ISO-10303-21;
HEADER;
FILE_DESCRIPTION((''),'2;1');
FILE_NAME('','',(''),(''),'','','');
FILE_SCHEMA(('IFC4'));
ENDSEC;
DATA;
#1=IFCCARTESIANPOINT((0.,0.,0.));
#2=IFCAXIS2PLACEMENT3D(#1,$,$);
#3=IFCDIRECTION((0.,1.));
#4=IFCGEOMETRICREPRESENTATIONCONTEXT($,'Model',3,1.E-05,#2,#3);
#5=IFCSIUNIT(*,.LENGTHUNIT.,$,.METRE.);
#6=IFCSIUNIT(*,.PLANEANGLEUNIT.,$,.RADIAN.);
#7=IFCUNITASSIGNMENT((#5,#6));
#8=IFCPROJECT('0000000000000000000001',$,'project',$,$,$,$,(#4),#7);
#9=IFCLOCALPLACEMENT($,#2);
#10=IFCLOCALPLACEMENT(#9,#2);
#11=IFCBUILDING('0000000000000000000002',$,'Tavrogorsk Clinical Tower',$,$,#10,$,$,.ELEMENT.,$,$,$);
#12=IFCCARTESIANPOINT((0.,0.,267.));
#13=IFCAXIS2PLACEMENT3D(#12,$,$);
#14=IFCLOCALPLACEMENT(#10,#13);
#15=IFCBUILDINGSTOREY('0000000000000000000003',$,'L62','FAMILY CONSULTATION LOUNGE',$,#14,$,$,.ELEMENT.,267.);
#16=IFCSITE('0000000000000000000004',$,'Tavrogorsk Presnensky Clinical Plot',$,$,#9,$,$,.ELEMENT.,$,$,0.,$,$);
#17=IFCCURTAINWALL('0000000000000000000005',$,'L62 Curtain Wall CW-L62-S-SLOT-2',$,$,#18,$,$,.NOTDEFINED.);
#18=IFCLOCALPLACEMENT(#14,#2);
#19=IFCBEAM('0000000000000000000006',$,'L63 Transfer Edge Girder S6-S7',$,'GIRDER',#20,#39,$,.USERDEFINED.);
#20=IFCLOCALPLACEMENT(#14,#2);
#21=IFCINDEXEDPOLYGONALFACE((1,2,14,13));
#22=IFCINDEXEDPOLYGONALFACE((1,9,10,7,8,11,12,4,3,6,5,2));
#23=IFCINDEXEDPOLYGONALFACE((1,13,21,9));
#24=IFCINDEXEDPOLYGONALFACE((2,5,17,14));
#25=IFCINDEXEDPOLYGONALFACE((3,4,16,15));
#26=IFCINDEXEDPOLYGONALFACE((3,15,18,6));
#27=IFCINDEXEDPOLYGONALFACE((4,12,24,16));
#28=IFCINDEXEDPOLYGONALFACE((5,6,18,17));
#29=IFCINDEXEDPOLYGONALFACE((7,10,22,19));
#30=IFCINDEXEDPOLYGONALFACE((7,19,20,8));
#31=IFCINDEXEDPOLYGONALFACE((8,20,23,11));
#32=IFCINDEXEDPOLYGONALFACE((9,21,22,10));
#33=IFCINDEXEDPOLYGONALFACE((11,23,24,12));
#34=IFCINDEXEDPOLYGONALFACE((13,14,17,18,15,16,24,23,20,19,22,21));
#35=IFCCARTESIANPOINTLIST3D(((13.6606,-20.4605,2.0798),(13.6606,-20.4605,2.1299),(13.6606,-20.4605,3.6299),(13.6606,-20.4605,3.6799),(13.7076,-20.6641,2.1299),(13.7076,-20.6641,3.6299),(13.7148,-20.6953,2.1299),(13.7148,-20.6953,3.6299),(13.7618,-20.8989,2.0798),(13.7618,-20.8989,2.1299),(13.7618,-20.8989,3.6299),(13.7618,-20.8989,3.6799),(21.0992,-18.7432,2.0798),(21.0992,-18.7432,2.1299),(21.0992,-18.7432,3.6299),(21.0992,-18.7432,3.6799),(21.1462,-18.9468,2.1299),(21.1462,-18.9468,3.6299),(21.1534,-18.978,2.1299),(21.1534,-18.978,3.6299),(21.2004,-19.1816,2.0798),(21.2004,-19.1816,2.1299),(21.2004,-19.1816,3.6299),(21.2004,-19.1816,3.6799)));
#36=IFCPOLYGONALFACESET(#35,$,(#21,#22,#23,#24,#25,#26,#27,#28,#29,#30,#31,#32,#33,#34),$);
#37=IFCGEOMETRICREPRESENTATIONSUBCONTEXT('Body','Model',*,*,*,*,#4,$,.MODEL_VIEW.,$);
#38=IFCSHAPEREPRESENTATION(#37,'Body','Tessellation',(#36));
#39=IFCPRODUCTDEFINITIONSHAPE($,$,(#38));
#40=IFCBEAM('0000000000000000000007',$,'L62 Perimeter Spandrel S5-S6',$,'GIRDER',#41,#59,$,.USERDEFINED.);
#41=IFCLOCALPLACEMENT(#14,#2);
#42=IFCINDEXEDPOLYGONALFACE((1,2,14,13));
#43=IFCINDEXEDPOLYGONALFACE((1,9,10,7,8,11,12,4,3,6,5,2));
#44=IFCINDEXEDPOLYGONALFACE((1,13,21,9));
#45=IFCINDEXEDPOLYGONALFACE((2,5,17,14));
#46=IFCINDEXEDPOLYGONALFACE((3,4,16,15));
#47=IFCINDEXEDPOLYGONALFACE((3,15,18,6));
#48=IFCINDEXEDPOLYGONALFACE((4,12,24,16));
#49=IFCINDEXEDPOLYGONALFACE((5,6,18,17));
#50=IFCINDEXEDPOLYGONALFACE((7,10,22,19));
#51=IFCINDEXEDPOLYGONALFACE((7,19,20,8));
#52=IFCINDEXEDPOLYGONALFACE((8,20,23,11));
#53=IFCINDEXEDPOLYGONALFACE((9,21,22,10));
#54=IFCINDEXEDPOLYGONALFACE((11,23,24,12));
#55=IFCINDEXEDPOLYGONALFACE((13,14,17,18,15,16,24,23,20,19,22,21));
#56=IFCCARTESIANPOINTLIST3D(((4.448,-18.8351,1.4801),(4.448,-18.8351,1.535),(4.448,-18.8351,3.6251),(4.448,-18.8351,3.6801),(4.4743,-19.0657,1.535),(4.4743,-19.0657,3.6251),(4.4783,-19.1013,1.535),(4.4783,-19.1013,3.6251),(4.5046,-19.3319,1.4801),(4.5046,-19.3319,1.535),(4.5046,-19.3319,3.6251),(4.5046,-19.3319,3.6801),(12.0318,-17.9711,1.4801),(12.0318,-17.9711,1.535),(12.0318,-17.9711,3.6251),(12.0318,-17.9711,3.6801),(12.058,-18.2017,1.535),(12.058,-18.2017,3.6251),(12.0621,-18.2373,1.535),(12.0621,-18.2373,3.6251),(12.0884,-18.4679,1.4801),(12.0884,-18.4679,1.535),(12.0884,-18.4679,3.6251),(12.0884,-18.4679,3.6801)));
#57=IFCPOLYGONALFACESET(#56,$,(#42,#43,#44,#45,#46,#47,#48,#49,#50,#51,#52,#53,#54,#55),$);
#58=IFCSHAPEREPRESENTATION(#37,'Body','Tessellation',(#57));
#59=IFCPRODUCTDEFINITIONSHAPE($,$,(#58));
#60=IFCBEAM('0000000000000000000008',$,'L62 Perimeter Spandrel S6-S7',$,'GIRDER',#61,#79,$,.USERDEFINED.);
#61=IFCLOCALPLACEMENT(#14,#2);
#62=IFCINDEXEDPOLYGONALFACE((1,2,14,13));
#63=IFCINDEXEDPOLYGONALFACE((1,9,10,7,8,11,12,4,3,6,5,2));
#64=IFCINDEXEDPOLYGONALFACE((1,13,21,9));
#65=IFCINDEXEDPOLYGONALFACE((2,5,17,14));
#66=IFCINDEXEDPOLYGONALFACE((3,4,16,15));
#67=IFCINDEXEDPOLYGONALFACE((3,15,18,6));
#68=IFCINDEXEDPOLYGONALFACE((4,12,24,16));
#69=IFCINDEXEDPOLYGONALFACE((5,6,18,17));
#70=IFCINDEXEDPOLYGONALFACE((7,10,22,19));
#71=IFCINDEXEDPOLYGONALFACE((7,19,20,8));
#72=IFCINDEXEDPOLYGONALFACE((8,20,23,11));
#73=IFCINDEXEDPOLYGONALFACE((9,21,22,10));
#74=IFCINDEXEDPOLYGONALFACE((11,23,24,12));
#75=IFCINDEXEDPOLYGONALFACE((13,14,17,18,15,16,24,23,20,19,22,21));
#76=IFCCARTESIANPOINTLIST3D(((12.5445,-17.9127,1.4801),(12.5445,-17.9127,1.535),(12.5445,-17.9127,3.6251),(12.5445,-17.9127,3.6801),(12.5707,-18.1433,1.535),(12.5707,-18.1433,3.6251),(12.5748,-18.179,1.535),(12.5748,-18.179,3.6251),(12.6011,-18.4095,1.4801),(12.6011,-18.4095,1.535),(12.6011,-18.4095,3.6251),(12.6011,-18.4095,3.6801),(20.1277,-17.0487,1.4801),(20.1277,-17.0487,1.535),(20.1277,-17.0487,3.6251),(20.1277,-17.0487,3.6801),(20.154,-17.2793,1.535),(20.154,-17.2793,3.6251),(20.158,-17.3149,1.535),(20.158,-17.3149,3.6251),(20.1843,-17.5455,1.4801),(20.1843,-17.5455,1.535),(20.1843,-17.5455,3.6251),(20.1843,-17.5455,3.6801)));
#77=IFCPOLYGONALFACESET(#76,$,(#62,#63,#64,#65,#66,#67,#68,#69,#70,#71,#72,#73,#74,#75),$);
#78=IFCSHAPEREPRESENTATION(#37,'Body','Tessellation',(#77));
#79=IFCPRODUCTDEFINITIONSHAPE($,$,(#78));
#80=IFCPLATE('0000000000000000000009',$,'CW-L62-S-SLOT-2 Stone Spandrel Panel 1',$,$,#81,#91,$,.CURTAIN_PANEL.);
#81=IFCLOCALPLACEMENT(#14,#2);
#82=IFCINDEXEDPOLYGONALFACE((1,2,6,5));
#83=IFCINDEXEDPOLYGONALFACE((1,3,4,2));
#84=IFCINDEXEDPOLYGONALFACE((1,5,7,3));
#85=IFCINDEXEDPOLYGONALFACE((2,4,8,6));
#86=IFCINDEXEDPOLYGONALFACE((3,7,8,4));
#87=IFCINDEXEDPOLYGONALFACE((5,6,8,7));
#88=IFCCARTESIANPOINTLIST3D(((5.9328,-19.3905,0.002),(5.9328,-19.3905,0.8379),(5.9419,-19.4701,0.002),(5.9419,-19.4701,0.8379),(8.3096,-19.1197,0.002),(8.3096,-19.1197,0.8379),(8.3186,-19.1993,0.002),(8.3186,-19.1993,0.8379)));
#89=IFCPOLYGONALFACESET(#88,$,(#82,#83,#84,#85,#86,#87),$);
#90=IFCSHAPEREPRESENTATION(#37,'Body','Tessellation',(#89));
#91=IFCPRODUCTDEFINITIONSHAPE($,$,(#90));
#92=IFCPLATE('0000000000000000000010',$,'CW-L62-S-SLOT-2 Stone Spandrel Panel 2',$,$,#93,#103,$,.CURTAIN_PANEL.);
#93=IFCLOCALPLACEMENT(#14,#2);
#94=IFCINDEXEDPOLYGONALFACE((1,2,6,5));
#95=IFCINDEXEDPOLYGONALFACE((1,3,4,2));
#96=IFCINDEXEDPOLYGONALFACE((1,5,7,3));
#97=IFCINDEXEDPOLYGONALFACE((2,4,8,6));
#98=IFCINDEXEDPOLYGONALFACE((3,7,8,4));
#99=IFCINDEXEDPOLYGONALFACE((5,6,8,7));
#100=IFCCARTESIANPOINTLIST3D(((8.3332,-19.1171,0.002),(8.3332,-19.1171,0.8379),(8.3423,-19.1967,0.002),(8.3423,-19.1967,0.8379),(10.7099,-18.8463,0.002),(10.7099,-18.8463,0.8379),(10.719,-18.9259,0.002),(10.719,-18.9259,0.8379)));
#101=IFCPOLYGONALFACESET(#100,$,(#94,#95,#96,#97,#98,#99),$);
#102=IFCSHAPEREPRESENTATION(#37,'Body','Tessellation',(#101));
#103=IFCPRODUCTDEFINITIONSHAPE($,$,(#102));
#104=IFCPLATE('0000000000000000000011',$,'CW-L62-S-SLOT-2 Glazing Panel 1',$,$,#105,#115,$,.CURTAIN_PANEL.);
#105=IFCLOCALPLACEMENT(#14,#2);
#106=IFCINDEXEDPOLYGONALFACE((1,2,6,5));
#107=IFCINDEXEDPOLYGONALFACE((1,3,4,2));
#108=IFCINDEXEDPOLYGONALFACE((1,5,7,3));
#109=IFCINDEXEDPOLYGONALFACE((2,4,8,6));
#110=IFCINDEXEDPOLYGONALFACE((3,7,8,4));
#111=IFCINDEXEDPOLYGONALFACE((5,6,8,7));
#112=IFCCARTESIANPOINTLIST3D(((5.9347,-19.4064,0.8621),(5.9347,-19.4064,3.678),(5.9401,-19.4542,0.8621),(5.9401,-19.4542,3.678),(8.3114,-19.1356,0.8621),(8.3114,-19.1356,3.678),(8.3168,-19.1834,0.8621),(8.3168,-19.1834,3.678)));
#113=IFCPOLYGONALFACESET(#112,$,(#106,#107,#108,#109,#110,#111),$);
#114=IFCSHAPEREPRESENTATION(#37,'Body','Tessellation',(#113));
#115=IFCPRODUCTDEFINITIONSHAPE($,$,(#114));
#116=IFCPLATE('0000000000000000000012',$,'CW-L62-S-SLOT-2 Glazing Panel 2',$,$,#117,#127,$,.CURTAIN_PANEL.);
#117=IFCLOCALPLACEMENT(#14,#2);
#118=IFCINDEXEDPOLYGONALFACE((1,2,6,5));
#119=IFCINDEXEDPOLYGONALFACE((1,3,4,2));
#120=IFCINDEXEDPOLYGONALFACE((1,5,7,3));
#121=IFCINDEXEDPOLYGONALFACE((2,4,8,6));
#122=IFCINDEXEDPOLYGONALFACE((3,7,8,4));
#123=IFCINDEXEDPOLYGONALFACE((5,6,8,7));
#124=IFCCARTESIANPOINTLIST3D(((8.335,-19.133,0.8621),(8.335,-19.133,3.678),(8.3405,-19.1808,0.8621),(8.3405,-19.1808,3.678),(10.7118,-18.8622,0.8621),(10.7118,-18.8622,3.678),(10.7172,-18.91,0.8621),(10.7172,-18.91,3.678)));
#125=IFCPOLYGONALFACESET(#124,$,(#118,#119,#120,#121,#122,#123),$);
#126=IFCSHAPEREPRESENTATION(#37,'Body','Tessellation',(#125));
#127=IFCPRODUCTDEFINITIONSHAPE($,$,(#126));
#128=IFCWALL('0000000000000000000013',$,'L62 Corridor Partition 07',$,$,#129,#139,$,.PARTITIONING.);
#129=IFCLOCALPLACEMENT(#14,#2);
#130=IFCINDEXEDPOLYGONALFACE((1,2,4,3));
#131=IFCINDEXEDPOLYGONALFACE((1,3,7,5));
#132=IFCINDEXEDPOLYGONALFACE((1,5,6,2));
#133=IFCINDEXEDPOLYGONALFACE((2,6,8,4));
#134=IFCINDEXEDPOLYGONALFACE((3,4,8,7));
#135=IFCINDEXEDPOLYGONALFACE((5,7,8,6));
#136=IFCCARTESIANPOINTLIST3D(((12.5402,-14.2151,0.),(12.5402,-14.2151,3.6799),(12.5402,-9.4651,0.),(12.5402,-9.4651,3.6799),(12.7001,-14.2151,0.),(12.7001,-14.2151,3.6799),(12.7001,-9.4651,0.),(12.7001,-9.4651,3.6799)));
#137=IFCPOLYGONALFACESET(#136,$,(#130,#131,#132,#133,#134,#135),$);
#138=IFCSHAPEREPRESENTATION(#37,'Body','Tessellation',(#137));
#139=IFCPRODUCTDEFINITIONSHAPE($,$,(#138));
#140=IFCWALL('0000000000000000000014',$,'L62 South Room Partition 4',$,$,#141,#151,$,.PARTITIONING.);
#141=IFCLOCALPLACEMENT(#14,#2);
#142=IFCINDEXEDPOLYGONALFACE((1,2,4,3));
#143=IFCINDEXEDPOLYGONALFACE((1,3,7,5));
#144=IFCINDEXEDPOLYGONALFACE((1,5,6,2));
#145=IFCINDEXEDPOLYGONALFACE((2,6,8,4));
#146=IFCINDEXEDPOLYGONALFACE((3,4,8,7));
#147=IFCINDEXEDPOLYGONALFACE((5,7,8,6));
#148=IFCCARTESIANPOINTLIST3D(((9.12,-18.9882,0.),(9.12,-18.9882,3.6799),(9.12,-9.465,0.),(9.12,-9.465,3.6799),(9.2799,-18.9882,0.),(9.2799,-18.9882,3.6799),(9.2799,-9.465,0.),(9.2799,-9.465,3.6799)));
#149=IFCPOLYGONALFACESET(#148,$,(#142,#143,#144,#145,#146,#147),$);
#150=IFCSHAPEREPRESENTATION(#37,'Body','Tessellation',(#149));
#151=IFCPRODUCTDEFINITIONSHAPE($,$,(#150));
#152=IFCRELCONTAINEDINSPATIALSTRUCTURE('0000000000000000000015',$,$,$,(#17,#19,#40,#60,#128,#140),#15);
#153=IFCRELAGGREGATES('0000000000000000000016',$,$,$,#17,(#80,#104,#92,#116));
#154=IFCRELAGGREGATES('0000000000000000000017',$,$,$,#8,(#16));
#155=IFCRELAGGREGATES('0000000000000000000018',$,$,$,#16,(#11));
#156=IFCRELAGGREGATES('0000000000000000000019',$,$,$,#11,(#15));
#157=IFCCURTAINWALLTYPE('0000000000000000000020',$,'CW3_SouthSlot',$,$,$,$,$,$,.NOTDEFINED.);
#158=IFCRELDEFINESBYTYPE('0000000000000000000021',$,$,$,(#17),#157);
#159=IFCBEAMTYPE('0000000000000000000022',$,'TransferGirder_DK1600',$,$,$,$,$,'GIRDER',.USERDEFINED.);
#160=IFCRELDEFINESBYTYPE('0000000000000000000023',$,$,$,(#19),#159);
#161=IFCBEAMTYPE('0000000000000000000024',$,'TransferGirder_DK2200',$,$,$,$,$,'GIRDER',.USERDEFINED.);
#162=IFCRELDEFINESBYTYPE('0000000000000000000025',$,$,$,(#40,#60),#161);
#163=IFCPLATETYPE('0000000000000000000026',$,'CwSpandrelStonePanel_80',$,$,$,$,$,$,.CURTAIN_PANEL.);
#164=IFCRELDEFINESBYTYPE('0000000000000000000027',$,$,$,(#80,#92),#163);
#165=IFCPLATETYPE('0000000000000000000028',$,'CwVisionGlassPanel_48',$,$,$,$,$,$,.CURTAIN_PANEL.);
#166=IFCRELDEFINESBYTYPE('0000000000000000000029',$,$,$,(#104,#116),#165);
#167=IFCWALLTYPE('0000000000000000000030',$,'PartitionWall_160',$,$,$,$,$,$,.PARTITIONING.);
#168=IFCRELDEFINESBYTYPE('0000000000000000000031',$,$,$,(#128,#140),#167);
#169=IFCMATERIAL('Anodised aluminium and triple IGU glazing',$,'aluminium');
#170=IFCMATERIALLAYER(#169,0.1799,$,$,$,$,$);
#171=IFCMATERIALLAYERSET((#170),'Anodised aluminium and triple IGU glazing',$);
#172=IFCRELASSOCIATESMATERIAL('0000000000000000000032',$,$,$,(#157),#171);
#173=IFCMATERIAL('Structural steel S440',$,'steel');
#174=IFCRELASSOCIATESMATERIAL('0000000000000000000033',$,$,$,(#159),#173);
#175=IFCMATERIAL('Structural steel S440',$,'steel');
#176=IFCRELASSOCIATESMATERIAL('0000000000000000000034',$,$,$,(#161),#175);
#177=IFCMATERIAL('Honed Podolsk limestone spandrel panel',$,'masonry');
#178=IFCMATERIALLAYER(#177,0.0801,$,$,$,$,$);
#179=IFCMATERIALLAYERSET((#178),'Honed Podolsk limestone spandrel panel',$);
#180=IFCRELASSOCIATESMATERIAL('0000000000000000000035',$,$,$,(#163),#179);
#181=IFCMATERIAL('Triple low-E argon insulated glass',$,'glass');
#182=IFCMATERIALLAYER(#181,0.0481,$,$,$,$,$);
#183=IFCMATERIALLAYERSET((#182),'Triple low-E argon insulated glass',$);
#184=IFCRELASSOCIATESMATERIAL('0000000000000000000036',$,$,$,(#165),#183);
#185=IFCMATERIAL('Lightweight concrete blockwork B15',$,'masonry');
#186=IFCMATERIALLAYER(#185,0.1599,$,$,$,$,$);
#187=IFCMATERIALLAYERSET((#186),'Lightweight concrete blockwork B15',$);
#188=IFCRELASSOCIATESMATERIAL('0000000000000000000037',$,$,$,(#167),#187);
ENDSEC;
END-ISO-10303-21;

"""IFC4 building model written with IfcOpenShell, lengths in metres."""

from ifc_helpers import new_model, si_unit, direction, frame, frame_2d, origin, origin_2d, place, context, subcontext, project, spatial, rectangle, i_section, extrude, material, layer, layer_set, material_profile, profile_set, type_object, element, aggregate, save


model = new_model("IFC4")

# Units and contexts
model_context = context("Model", 3, precision=1e-05, world=origin(), true_north=direction((0.0, 1.0)))
body_context = subcontext(model_context, "Body", "Model", "MODEL_VIEW")
ifc_project = project(units=[si_unit("LENGTHUNIT", "METRE"), si_unit("PLANEANGLEUNIT", "RADIAN")], contexts=[model_context])

# Site, building, storey
site_placement = place(None, origin())
site = spatial("IfcSite", under=ifc_project, at=site_placement, Name="Tavrogorsk Presnensky Clinical Plot", CompositionType="ELEMENT", RefElevation=0.0)
building_placement = place(site_placement, origin())
building = spatial("IfcBuilding", under=site, at=building_placement, Name="Tavrogorsk Clinical Tower", CompositionType="ELEMENT")
storey_placement = place(building_placement, frame((0.0, 0.0, 267.0)))
storey = spatial("IfcBuildingStorey", under=building, at=storey_placement, Name="L62", Description="FAMILY CONSULTATION LOUNGE", CompositionType="ELEMENT", Elevation=267.0)

# Curtain wall
ifc_material_1 = material(Name="Anodised aluminium and triple IGU glazing", Category="aluminium")
ifc_layer_1 = layer(ifc_material_1, 0.1799)
ifc_layer_set_1 = layer_set([ifc_layer_1], Name="Anodised aluminium and triple IGU glazing")
curtain_wall_type = type_object("IfcCurtainWallType", Name="CW3_SouthSlot", PredefinedType="NOTDEFINED", material=ifc_layer_set_1)
curtain_wall_placement = place(storey_placement, origin())
curtain_wall = element("IfcCurtainWall", 1, at=curtain_wall_placement, inside=storey, type_object=curtain_wall_type, Name="L62 Curtain Wall CW-L62-S-SLOT-2", PredefinedType="NOTDEFINED")

# Beams
ifc_material_2 = material(Name="Structural steel S440", Category="steel")
ifc_material_profile_1 = material_profile(ifc_material_2, i_section(OverallWidth=0.45, OverallDepth=1.6001, WebThickness=0.032, FlangeThickness=0.05, at=origin_2d()), Name="DK-1600x450x32x50")
ifc_profile_set_1 = profile_set([ifc_material_profile_1], Name="Structural steel S440")
beam_type_1 = type_object("IfcBeamType", Name="TransferGirder_DK1600", ElementType="GIRDER", PredefinedType="USERDEFINED", material=ifc_profile_set_1)
beam_1_placement = place(storey_placement, frame((13.7112, -20.6797, 2.8799), z_axis=(0.974372, 0.224941, 0.0), x_axis=(-0.224941, 0.974372, 0.0)))
element("IfcBeam", 2, at=beam_1_placement, inside=storey, type_object=beam_type_1, Name="L63 Transfer Edge Girder S6-S7", ObjectType="GIRDER", PredefinedType="USERDEFINED", context=body_context, shape_type="SweptSolid", body=[
    extrude(i_section(OverallWidth=0.45, OverallDepth=1.6001, WebThickness=0.032, FlangeThickness=0.05, at=origin_2d()), origin(), (0.0, 0.0, 1.0), 7.6343),
])
ifc_material_3 = material(Name="Structural steel S440", Category="steel")
ifc_material_profile_2 = material_profile(ifc_material_3, i_section(OverallWidth=0.5, OverallDepth=2.2, WebThickness=0.0359, FlangeThickness=0.0549, at=origin_2d()), Name="DK-2200x500x36x55")
ifc_profile_set_2 = profile_set([ifc_material_profile_2], Name="Structural steel S440")
beam_type_2 = type_object("IfcBeamType", Name="TransferGirder_DK2200", ElementType="GIRDER", PredefinedType="USERDEFINED", material=ifc_profile_set_2)
beam_2_placement = place(storey_placement, frame((4.4763, -19.0835, 2.5801), z_axis=(0.993573, 0.113197, 0.0), x_axis=(-0.113197, 0.993573, 0.0)))
element("IfcBeam", 3, at=beam_2_placement, inside=storey, type_object=beam_type_2, Name="L62 Perimeter Spandrel S5-S6", ObjectType="GIRDER", PredefinedType="USERDEFINED", context=body_context, shape_type="SweptSolid", body=[
    extrude(i_section(OverallWidth=0.5, OverallDepth=2.2, WebThickness=0.0359, FlangeThickness=0.0549, at=origin_2d()), origin(), (0.0, 0.0, 1.0), 7.6328),
])
beam_3_placement = place(storey_placement, frame((12.5728, -18.1611, 2.5801), z_axis=(0.993572, 0.113205, 0.0), x_axis=(-0.113205, 0.993572, 0.0)))
element("IfcBeam", 4, at=beam_3_placement, inside=storey, type_object=beam_type_2, Name="L62 Perimeter Spandrel S6-S7", ObjectType="GIRDER", PredefinedType="USERDEFINED", context=body_context, shape_type="SweptSolid", body=[
    extrude(i_section(OverallWidth=0.5, OverallDepth=2.2, WebThickness=0.0359, FlangeThickness=0.0549, at=origin_2d()), origin(), (0.0, 0.0, 1.0), 7.6323),
])

# Plates
ifc_material_4 = material(Name="Honed Podolsk limestone spandrel panel", Category="masonry")
ifc_layer_2 = layer(ifc_material_4, 0.0801)
ifc_layer_set_2 = layer_set([ifc_layer_2], Name="Honed Podolsk limestone spandrel panel")
plate_type_1 = type_object("IfcPlateType", Name="CwSpandrelStonePanel_80", PredefinedType="CURTAIN_PANEL", material=ifc_layer_set_2)
plate_1_placement = place(storey_placement, frame((7.1257, -19.2949, 0.002), z_axis=(0.0, 0.0, 1.0), x_axis=(0.993572, 0.113203, 0.0)))
plate_1 = element("IfcPlate", 5, at=plate_1_placement, type_object=plate_type_1, Name="CW-L62-S-SLOT-2 Stone Spandrel Panel 1", PredefinedType="CURTAIN_PANEL", context=body_context, shape_type="SweptSolid", body=[
    extrude(rectangle(XDim=2.3921, YDim=0.0801, at=origin_2d()), origin(), (0.0, 0.0, 1.0), 0.8359),
])
plate_2_placement = place(storey_placement, frame((9.5261, -19.0215, 0.002), z_axis=(0.0, 0.0, 1.0), x_axis=(0.993572, 0.113203, 0.0)))
plate_2 = element("IfcPlate", 6, at=plate_2_placement, type_object=plate_type_1, Name="CW-L62-S-SLOT-2 Stone Spandrel Panel 2", PredefinedType="CURTAIN_PANEL", context=body_context, shape_type="SweptSolid", body=[
    extrude(rectangle(XDim=2.3921, YDim=0.0801, at=origin_2d()), origin(), (0.0, 0.0, 1.0), 0.8359),
])
ifc_material_5 = material(Name="Triple low-E argon insulated glass", Category="glass")
ifc_layer_3 = layer(ifc_material_5, 0.0481)
ifc_layer_set_3 = layer_set([ifc_layer_3], Name="Triple low-E argon insulated glass")
plate_type_2 = type_object("IfcPlateType", Name="CwVisionGlassPanel_48", PredefinedType="CURTAIN_PANEL", material=ifc_layer_set_3)
plate_3_placement = place(storey_placement, frame((7.1257, -19.2949, 0.8621), z_axis=(0.0, 0.0, 1.0), x_axis=(0.993572, 0.113203, 0.0)))
plate_3 = element("IfcPlate", 7, at=plate_3_placement, type_object=plate_type_2, Name="CW-L62-S-SLOT-2 Glazing Panel 1", PredefinedType="CURTAIN_PANEL", context=body_context, shape_type="SweptSolid", body=[
    extrude(rectangle(XDim=2.3921, YDim=0.0481, at=origin_2d()), origin(), (0.0, 0.0, 1.0), 2.8159),
])
plate_4_placement = place(storey_placement, frame((9.5261, -19.0215, 0.8621), z_axis=(0.0, 0.0, 1.0), x_axis=(0.993572, 0.113203, 0.0)))
plate_4 = element("IfcPlate", 8, at=plate_4_placement, type_object=plate_type_2, Name="CW-L62-S-SLOT-2 Glazing Panel 2", PredefinedType="CURTAIN_PANEL", context=body_context, shape_type="SweptSolid", body=[
    extrude(rectangle(XDim=2.3921, YDim=0.0481, at=origin_2d()), origin(), (0.0, 0.0, 1.0), 2.8159),
])
aggregate(curtain_wall, [plate_1, plate_3, plate_2, plate_4])

# Walls
ifc_material_6 = material(Name="Lightweight concrete blockwork B15", Category="masonry")
ifc_layer_4 = layer(ifc_material_6, 0.1599)
ifc_layer_set_4 = layer_set([ifc_layer_4], Name="Lightweight concrete blockwork B15")
wall_type_1 = type_object("IfcWallType", Name="PartitionWall_160", PredefinedType="PARTITIONING", material=ifc_layer_set_4)
wall_1_placement = place(storey_placement, frame((12.6201, -14.2151, 0.0), z_axis=(0.0, 0.0, 1.0), x_axis=(0.0, 1.0, 0.0)))
element("IfcWall", 9, at=wall_1_placement, inside=storey, type_object=wall_type_1, Name="L62 Corridor Partition 07", PredefinedType="PARTITIONING", context=body_context, shape_type="SweptSolid", body=[
    extrude(rectangle(XDim=4.75, YDim=0.1599, at=frame_2d((2.375, 0.0))), origin(), (0.0, 0.0, 1.0), 3.6799),
])
wall_2_placement = place(storey_placement, frame((9.2, -18.9883, 0.0), z_axis=(0.0, 0.0, 1.0), x_axis=(0.0, 1.0, 0.0)))
element("IfcWall", 10, at=wall_2_placement, inside=storey, type_object=wall_type_1, Name="L62 South Room Partition 4", PredefinedType="PARTITIONING", context=body_context, shape_type="SweptSolid", body=[
    extrude(rectangle(XDim=9.5232, YDim=0.1599, at=frame_2d((4.7617, 0.0))), origin(), (0.0, 0.0, 1.0), 3.6799),
])

save(model, "model.ifc")
